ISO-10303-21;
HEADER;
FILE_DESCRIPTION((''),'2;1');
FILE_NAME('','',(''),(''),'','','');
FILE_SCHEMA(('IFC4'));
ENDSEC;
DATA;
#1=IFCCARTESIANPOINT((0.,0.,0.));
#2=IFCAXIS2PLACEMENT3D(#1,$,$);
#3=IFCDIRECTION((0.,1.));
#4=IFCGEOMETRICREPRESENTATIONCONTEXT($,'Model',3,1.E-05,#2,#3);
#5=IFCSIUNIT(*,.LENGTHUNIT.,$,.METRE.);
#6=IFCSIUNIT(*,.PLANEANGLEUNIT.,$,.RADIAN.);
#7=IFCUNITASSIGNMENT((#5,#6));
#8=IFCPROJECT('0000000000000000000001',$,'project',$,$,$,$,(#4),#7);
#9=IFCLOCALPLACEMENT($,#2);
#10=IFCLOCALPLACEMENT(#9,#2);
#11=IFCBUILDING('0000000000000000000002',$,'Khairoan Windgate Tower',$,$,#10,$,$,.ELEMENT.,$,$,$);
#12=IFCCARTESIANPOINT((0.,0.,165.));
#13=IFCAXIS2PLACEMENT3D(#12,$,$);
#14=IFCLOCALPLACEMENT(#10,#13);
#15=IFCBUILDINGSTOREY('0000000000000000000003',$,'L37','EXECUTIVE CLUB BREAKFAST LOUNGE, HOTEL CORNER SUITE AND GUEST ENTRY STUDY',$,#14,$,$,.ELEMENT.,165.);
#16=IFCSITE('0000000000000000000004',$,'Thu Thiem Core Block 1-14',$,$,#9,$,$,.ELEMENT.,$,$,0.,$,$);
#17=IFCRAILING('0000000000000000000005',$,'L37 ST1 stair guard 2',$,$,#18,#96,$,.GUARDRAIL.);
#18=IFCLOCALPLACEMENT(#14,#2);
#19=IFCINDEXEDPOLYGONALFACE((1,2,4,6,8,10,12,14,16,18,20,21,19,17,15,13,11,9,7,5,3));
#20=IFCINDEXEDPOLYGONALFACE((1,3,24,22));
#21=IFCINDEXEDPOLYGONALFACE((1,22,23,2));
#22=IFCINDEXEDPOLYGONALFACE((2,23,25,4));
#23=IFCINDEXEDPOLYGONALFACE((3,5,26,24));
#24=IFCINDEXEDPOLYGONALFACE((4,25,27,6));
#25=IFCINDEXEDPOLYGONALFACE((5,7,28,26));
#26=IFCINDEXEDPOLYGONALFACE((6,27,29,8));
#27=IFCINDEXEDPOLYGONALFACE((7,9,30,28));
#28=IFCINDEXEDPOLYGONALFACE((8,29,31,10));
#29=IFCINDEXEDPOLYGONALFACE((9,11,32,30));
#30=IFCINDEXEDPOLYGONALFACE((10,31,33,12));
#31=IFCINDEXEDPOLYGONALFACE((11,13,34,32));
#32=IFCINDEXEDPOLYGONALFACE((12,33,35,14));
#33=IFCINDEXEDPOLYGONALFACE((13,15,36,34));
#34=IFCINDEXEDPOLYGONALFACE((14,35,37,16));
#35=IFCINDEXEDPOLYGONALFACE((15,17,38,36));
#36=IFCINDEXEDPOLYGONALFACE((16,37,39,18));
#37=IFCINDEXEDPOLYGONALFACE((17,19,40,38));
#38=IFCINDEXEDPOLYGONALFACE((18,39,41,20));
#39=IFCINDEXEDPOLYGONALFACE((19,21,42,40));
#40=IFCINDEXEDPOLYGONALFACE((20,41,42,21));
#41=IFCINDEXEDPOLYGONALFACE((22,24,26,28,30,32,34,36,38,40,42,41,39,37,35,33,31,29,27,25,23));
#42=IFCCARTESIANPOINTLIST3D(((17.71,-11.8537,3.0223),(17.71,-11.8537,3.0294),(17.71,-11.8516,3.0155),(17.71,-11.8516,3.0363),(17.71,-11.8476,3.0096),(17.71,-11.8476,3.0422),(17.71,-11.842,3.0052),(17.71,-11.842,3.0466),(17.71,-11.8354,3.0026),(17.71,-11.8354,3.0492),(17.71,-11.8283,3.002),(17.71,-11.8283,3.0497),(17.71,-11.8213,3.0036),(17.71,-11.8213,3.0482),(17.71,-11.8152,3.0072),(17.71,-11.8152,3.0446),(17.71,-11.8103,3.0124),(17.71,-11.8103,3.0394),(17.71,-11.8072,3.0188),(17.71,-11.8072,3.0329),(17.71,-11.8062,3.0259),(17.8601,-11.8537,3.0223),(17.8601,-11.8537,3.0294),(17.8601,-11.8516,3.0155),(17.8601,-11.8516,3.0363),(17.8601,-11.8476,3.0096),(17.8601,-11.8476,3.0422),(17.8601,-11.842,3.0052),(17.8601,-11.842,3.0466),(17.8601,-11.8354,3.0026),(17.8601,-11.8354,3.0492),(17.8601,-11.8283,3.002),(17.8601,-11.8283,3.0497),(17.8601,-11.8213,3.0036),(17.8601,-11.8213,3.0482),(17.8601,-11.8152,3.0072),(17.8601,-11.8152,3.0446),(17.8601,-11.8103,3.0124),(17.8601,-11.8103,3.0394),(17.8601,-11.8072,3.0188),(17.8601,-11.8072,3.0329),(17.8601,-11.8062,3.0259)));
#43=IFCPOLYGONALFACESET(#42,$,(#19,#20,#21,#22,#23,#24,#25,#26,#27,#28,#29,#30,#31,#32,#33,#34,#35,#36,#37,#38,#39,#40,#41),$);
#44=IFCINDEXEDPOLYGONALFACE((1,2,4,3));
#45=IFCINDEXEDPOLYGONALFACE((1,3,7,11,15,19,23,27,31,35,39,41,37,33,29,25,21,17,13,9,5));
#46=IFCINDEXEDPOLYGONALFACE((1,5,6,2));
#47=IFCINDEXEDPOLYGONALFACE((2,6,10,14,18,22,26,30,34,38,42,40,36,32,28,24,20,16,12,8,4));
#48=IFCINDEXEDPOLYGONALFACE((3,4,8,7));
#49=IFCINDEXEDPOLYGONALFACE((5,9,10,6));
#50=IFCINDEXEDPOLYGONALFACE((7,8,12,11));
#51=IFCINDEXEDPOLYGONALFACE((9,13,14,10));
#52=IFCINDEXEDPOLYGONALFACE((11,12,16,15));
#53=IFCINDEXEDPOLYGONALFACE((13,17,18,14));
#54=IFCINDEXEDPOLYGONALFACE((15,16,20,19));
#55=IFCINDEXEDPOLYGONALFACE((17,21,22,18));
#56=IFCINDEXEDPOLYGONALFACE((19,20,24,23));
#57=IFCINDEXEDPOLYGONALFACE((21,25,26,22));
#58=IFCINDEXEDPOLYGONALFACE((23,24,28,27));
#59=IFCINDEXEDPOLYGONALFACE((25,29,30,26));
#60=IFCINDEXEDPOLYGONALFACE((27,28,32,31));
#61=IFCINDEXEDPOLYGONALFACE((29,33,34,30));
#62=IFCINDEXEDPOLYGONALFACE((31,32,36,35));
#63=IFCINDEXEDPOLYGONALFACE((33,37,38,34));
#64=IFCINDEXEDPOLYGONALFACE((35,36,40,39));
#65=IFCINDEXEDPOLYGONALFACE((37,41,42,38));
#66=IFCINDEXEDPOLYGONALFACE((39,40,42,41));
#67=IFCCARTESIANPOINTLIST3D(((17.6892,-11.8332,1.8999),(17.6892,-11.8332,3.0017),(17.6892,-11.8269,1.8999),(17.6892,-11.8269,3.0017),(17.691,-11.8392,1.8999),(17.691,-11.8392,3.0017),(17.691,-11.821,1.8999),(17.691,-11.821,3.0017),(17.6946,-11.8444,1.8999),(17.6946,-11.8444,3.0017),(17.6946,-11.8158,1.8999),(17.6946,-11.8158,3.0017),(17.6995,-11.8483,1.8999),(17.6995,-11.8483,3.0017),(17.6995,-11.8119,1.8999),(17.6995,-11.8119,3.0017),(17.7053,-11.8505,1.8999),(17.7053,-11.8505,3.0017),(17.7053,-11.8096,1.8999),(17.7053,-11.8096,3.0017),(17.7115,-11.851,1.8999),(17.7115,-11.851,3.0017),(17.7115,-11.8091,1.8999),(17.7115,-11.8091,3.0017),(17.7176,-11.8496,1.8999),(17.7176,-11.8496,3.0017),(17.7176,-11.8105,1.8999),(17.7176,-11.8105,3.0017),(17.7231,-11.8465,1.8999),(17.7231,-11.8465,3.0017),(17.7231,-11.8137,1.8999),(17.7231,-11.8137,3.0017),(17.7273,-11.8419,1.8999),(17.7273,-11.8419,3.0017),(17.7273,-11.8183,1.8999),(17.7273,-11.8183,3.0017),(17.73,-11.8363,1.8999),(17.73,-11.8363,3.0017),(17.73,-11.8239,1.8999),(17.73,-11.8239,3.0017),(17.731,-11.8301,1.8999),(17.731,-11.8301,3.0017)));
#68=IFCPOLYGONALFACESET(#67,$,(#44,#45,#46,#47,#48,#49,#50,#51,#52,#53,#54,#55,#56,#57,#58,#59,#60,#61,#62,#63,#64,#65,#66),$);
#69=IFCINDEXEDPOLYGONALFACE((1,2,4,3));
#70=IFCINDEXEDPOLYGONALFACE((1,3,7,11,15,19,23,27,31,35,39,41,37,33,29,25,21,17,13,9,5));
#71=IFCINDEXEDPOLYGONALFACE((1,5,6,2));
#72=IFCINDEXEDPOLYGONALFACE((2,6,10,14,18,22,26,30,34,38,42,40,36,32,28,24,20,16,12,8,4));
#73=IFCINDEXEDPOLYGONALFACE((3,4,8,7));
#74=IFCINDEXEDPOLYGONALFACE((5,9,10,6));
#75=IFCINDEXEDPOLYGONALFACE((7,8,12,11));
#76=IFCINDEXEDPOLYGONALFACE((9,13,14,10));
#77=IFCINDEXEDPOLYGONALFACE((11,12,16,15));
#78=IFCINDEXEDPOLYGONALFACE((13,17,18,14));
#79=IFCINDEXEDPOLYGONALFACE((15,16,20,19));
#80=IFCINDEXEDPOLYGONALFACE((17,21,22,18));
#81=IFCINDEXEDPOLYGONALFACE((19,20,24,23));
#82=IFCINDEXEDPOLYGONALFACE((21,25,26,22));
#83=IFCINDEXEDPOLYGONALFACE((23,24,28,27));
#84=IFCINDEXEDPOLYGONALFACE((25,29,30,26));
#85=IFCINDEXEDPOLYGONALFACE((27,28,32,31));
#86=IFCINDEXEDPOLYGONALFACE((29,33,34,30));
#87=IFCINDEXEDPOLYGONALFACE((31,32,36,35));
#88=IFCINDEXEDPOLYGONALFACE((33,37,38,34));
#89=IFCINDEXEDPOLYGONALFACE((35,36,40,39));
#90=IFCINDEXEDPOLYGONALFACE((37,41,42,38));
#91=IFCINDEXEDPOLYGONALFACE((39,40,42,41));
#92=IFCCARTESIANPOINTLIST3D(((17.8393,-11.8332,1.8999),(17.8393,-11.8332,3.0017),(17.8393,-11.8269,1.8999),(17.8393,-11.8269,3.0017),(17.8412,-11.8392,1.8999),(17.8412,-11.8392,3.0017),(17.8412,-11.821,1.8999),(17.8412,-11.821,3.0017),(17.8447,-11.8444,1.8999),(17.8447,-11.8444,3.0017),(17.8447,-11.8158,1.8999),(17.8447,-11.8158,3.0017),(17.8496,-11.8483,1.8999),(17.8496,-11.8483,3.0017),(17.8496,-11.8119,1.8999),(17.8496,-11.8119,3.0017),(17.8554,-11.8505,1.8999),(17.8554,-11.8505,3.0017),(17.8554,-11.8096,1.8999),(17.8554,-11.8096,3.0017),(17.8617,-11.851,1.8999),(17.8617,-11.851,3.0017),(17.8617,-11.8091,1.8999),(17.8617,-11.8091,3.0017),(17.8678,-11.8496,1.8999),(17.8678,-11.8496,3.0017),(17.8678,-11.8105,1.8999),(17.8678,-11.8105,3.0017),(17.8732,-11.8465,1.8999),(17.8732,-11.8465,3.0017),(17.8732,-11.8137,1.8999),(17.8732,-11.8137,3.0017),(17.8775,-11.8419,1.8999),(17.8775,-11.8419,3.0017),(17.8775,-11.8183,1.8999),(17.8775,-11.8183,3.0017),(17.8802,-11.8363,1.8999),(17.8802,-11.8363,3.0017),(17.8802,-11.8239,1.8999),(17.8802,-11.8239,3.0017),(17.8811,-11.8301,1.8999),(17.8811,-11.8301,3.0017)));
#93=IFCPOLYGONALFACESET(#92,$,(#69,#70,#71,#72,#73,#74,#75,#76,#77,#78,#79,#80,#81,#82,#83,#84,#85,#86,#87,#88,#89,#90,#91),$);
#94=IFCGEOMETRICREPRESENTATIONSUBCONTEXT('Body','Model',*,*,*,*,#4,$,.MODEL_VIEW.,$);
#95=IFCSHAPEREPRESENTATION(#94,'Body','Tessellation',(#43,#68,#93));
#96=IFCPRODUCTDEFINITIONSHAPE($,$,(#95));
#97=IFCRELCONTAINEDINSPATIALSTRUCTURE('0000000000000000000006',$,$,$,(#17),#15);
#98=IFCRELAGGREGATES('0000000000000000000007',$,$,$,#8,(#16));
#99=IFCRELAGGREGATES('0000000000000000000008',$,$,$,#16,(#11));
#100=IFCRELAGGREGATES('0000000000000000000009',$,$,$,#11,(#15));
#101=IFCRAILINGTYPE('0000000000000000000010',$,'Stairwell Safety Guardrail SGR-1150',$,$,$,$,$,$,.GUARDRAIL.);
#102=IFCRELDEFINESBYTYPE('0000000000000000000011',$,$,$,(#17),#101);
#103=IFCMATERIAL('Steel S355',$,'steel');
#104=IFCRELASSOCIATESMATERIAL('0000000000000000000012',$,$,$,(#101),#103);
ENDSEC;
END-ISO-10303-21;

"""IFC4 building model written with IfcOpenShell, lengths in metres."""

from ifc_helpers import new_model, si_unit, direction, frame, origin, origin_2d, place, context, subcontext, project, spatial, circle, extrude, material, type_object, element, save


model = new_model("IFC4")

# Units and contexts
model_context = context("Model", 3, precision=1e-05, world=origin(), true_north=direction((0.0, 1.0)))
body_context = subcontext(model_context, "Body", "Model", "MODEL_VIEW")
ifc_project = project(units=[si_unit("LENGTHUNIT", "METRE"), si_unit("PLANEANGLEUNIT", "RADIAN")], contexts=[model_context])

# Site, building, storey
site_placement = place(None, origin())
site = spatial("IfcSite", under=ifc_project, at=site_placement, Name="Thu Thiem Core Block 1-14", CompositionType="ELEMENT", RefElevation=0.0)
building_placement = place(site_placement, origin())
building = spatial("IfcBuilding", under=site, at=building_placement, Name="Khairoan Windgate Tower", CompositionType="ELEMENT")
storey_placement = place(building_placement, frame((0.0, 0.0, 165.0)))
storey = spatial("IfcBuildingStorey", under=building, at=storey_placement, Name="L37", Description="EXECUTIVE CLUB BREAKFAST LOUNGE, HOTEL CORNER SUITE AND GUEST ENTRY STUDY", CompositionType="ELEMENT", Elevation=165.0)

# Railing
ifc_material_1 = material(Name="Steel S355", Category="steel")
railing_type = type_object("IfcRailingType", Name="Stairwell Safety Guardrail SGR-1150", PredefinedType="GUARDRAIL", material=ifc_material_1)
railing_1_placement = place(storey_placement, frame((17.71, -11.8301, 1.8999)))
element("IfcRailing", 1, at=railing_1_placement, inside=storey, type_object=railing_type, Name="L37 ST1 stair guard 2", PredefinedType="GUARDRAIL", context=body_context, shape_type="SweptSolid", body=[
    extrude(circle(Radius=0.0239, at=origin_2d()), frame((0.0, 0.0, 1.126), z_axis=(1.0, 0.0, 0.0), x_axis=(0.0, 1.0, 0.0)), (0.0, 0.0, 1.0), 0.1501),
    extrude(circle(Radius=0.021, at=origin_2d()), origin(), (0.0, 0.0, 1.0), 1.1018),
    extrude(circle(Radius=0.021, at=origin_2d()), frame((0.1501, 0.0, 0.0)), (0.0, 0.0, 1.0), 1.1018),
])

save(model, "model.ifc")
